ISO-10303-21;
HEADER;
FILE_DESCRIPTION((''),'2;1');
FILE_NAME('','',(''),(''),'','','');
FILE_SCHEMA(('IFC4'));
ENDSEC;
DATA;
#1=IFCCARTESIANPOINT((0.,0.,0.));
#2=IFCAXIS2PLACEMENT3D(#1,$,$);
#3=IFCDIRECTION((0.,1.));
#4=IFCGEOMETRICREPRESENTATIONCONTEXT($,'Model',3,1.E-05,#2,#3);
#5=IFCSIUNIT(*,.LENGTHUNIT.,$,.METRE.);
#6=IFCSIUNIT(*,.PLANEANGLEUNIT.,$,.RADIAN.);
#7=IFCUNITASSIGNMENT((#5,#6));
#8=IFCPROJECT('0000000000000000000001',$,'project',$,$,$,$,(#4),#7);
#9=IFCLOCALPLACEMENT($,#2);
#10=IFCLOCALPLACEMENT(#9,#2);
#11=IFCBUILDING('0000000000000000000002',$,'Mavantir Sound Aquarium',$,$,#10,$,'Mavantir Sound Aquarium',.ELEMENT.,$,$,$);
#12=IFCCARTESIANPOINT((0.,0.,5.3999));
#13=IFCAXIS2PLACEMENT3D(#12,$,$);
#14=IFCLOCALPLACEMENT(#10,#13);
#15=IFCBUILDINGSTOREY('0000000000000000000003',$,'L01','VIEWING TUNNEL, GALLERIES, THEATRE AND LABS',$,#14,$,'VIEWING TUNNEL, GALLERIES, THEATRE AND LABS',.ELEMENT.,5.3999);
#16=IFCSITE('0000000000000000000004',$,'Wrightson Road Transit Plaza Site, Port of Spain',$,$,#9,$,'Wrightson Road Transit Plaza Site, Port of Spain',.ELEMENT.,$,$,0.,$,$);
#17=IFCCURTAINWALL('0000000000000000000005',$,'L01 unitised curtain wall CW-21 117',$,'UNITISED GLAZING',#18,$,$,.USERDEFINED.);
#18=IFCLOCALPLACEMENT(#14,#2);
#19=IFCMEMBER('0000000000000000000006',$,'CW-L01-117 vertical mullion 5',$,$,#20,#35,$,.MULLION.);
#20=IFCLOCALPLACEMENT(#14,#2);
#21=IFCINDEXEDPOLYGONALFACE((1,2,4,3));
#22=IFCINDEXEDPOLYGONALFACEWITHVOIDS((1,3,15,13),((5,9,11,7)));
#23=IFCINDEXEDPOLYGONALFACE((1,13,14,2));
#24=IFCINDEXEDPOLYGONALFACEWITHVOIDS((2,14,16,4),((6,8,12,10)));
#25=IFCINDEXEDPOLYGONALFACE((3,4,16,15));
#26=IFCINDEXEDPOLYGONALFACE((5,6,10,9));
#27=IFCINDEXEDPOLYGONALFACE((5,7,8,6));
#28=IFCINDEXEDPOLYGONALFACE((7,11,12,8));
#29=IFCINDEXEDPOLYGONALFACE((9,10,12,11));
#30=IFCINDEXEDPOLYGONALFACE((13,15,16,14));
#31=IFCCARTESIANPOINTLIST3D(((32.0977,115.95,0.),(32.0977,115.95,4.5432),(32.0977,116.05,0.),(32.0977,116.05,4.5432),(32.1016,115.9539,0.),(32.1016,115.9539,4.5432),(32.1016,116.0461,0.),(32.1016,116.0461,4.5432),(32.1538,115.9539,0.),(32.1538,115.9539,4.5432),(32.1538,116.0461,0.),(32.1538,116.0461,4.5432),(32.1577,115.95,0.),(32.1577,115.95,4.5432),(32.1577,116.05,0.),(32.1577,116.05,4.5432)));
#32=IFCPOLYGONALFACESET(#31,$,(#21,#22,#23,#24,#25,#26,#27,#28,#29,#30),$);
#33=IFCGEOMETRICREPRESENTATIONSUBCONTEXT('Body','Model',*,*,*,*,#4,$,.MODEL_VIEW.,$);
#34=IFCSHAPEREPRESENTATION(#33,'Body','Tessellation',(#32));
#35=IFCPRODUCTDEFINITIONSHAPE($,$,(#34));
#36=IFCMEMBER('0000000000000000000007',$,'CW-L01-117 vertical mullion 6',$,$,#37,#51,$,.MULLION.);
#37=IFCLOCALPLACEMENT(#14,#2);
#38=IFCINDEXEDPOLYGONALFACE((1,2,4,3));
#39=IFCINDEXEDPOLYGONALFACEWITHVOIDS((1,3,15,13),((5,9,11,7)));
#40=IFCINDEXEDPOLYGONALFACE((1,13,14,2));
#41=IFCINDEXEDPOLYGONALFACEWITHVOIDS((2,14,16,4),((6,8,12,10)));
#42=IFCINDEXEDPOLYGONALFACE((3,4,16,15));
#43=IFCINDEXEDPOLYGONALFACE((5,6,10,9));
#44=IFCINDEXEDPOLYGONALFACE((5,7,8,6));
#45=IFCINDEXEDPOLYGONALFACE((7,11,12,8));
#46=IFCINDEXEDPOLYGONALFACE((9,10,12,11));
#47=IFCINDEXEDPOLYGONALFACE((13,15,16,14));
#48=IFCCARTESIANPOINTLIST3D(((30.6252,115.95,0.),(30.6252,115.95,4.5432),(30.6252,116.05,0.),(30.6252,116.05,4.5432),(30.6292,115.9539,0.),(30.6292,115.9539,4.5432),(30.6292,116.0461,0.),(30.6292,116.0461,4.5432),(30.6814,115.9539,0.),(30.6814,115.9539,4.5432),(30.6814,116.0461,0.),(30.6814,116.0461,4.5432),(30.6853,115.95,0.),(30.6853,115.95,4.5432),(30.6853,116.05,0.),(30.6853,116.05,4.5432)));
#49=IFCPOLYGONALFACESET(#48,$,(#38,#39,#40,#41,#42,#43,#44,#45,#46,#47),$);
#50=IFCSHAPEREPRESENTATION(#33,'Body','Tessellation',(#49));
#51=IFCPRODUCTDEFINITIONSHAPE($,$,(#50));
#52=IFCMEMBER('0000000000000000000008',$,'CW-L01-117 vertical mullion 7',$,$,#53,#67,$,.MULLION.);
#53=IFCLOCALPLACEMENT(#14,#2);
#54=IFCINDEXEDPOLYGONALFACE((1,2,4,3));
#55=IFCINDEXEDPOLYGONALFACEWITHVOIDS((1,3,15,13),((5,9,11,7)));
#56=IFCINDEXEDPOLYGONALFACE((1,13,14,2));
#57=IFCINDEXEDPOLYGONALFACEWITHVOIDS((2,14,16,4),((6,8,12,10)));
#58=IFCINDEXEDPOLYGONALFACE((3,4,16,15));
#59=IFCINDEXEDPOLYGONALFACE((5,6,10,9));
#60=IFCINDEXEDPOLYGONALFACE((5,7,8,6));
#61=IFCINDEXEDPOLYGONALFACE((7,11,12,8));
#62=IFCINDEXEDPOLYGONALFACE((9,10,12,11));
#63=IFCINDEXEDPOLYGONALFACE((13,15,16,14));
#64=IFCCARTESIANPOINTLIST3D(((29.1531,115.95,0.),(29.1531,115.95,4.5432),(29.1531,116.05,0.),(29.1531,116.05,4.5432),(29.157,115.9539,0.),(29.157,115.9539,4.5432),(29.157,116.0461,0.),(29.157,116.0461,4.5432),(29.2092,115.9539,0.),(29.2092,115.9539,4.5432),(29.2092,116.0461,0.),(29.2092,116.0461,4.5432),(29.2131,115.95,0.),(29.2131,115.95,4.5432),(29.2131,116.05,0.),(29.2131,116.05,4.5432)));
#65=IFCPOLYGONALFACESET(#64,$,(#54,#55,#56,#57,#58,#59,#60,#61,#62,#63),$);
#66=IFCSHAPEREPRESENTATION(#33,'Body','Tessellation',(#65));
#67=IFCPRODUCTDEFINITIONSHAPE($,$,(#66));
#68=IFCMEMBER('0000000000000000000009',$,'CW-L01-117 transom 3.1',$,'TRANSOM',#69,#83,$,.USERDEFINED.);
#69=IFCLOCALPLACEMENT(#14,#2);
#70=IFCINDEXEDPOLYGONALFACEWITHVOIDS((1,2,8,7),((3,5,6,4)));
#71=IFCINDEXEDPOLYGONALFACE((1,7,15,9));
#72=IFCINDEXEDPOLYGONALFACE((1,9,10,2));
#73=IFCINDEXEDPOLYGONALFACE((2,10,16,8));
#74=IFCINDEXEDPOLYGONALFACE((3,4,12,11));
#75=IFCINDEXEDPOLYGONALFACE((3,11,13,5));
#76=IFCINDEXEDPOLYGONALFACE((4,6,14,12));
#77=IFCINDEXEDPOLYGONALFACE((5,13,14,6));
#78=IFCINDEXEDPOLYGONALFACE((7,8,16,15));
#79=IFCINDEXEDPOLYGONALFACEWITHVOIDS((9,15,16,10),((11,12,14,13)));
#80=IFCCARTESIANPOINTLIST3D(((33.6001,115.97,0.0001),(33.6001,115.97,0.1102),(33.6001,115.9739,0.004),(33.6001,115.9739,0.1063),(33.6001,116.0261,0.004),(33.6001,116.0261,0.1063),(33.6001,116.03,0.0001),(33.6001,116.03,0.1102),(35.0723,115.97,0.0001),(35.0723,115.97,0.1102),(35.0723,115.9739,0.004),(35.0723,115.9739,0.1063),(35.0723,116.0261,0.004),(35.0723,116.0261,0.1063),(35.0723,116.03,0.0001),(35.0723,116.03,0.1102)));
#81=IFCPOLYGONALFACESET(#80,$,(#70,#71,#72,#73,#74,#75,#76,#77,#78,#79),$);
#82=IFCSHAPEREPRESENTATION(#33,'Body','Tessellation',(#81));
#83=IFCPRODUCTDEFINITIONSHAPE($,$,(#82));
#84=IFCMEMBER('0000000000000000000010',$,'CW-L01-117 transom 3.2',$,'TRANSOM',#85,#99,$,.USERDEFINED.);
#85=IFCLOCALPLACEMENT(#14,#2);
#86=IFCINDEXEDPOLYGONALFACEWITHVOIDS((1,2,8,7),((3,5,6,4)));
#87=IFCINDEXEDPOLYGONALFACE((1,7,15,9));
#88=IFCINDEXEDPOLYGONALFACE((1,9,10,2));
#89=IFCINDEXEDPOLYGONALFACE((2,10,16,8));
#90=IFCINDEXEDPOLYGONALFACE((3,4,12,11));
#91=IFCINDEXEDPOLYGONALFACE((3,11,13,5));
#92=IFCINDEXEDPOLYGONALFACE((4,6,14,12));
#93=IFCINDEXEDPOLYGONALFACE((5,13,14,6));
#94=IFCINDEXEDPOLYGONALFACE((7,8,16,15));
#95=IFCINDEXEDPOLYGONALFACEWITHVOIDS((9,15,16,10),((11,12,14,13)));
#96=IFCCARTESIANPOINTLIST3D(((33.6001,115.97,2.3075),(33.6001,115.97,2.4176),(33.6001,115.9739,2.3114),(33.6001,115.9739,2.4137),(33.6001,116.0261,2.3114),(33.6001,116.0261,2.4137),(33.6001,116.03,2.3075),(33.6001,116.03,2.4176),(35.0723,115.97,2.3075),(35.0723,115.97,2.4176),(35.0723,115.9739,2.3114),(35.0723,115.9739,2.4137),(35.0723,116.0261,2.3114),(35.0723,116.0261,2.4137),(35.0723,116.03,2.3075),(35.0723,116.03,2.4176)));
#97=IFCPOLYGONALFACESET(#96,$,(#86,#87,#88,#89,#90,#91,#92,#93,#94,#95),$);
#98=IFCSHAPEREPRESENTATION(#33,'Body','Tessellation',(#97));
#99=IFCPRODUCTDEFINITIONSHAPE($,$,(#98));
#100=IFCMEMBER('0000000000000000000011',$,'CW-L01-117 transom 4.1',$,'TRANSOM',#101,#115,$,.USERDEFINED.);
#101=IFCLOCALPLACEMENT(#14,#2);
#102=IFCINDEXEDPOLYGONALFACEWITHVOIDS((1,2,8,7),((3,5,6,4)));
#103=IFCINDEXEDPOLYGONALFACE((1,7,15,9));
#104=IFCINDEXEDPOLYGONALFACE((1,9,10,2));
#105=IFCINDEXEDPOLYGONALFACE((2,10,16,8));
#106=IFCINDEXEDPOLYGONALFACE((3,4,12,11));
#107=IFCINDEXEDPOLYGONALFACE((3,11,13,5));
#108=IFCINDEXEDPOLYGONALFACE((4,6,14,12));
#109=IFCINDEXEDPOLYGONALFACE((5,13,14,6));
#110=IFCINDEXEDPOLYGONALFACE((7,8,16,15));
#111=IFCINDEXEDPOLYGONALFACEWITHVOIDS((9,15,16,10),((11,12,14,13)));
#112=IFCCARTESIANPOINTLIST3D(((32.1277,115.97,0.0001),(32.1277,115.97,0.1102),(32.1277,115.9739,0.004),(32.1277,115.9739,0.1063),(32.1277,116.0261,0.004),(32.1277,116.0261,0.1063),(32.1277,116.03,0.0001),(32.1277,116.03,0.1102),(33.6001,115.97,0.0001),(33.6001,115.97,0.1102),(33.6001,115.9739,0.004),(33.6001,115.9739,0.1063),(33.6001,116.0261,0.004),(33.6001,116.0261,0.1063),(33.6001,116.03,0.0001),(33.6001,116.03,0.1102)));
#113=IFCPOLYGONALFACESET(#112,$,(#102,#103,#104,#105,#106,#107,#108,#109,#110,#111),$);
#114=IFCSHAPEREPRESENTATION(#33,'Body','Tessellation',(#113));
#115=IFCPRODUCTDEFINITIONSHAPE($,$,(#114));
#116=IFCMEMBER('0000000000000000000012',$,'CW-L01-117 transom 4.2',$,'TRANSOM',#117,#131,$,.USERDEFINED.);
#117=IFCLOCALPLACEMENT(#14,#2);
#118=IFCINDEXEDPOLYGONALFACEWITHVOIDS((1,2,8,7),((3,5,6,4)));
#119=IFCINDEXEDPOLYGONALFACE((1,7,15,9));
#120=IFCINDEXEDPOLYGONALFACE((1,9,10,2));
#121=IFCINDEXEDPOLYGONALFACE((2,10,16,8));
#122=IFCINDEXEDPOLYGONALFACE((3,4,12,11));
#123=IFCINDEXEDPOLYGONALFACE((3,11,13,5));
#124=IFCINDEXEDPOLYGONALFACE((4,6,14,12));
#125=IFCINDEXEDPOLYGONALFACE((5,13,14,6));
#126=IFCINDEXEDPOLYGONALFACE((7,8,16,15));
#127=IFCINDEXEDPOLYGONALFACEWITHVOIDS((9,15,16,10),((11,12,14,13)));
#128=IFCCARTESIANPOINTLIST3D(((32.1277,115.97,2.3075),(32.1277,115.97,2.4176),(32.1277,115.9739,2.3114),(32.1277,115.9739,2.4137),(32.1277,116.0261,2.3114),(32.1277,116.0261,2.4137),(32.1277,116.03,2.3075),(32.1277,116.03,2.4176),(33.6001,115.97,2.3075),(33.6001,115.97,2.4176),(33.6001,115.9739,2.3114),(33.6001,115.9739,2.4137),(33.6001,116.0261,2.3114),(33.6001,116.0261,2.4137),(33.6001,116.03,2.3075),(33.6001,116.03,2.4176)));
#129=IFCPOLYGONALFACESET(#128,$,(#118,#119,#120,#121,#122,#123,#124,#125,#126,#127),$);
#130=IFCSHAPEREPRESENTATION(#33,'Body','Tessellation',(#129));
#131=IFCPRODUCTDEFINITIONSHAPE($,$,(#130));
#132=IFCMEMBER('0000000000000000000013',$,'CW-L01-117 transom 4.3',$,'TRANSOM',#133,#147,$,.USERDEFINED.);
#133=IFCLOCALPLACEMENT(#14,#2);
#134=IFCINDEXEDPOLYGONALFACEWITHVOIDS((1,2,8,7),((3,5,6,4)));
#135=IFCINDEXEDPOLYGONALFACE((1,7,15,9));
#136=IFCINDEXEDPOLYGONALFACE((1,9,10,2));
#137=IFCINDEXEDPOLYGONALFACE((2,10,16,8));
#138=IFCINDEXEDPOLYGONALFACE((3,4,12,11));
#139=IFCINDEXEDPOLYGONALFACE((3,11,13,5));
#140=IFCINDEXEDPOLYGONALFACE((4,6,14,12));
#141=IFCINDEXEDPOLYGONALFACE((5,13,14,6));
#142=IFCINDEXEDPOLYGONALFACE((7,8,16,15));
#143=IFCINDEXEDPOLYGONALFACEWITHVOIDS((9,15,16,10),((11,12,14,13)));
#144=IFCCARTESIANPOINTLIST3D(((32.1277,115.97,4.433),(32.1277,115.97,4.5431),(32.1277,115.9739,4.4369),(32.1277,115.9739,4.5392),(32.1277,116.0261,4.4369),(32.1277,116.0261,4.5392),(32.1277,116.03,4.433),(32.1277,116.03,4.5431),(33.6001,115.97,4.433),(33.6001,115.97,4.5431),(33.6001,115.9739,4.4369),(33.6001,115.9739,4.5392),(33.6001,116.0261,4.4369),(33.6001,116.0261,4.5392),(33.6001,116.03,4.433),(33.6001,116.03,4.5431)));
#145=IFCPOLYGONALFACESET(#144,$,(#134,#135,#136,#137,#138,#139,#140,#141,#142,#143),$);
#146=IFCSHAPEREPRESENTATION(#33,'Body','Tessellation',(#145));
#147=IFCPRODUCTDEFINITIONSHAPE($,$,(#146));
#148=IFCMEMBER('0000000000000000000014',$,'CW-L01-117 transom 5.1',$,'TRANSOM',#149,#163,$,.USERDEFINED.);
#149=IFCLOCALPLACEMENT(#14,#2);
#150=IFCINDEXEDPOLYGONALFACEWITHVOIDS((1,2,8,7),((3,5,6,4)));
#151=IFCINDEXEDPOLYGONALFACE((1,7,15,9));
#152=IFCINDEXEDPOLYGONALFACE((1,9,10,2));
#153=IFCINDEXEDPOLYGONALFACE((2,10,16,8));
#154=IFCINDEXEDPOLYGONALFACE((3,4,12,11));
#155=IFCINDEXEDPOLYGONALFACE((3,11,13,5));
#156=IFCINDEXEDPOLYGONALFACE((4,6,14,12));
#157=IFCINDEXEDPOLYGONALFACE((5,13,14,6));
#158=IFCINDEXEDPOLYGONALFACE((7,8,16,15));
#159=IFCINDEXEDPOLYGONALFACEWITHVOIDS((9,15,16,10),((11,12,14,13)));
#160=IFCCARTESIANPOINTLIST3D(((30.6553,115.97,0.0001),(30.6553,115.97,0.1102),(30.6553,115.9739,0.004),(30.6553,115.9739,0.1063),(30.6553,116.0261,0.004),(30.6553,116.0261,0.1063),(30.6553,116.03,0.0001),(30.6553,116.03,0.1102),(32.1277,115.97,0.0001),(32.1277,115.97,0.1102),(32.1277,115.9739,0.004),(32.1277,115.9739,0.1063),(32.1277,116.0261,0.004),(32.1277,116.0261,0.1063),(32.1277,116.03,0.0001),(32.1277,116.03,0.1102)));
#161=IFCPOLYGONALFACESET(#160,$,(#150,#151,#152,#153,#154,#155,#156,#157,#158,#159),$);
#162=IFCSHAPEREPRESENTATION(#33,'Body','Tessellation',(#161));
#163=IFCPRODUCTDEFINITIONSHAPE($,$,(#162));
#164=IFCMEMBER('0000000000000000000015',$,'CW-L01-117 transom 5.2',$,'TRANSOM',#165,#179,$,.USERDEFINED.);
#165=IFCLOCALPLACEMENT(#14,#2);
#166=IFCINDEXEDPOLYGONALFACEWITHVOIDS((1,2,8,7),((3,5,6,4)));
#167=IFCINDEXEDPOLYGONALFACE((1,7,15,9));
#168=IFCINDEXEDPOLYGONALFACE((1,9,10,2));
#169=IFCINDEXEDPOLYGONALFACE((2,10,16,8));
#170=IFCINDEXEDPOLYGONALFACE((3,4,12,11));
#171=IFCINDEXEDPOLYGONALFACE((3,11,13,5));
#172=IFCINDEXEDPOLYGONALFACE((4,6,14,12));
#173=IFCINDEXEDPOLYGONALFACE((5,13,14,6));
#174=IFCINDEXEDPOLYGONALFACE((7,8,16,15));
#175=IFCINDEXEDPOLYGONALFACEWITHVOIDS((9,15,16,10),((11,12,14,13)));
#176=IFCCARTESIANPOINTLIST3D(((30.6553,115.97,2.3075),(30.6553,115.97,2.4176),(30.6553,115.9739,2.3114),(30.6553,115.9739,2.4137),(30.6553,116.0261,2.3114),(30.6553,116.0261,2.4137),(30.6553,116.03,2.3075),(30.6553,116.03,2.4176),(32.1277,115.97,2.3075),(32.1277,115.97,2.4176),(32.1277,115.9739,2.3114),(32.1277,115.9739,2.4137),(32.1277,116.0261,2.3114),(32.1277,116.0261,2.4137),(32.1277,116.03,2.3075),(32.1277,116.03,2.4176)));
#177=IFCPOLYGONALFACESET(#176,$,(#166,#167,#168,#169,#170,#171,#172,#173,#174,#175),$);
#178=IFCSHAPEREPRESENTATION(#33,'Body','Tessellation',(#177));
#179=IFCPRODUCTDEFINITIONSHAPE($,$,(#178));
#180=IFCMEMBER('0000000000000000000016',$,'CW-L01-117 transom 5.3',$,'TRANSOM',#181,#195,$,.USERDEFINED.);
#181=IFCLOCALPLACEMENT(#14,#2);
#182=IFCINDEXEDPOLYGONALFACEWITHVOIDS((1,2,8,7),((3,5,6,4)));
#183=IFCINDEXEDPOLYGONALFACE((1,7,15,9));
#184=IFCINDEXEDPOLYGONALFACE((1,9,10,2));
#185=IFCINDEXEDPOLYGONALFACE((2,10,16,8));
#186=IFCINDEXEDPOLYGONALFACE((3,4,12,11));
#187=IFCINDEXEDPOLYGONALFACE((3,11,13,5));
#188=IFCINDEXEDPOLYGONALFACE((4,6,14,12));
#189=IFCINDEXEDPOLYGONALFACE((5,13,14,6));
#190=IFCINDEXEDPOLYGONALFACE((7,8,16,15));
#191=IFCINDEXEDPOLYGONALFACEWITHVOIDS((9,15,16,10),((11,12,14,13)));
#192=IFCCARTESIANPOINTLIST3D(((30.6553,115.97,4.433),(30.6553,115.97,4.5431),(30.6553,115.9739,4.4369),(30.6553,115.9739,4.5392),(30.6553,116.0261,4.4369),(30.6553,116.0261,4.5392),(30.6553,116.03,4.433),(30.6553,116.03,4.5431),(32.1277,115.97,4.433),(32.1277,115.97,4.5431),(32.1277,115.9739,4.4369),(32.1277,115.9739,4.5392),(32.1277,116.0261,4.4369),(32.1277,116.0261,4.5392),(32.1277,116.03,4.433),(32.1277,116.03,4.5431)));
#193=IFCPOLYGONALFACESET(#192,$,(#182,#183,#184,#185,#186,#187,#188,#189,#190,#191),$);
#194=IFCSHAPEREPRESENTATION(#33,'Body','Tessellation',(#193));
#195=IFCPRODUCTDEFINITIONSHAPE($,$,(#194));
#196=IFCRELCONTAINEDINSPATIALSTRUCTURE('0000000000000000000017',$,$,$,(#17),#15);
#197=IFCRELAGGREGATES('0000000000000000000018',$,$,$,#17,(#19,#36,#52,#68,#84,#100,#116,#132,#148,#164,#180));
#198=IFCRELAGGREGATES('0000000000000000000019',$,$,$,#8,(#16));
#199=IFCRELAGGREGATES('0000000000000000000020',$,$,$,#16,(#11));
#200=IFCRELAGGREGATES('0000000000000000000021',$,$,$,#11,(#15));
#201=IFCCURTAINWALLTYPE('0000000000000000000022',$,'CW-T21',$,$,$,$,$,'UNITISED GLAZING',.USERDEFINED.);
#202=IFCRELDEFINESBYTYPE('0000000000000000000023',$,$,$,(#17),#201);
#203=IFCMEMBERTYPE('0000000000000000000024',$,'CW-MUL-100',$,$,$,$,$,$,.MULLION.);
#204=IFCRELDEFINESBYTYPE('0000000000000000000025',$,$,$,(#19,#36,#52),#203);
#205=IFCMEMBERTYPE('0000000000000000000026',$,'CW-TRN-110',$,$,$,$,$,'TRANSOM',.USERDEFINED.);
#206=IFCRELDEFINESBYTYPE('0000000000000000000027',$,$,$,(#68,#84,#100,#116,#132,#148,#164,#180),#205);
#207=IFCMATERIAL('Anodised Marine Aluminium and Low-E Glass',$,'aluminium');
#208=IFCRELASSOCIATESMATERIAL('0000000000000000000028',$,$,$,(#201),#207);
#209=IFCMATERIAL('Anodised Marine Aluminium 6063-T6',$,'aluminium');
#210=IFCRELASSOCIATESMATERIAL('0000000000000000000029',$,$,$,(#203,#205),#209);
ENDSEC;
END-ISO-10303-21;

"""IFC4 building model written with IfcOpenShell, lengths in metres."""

from ifc_helpers import new_model, si_unit, direction, frame, origin, origin_2d, place, context, subcontext, project, spatial, hollow_rectangle, extrude, material, material_profile, profile_set, type_object, element, aggregate, save


model = new_model("IFC4")

# Units and contexts
model_context = context("Model", 3, precision=1e-05, world=origin(), true_north=direction((0.0, 1.0)))
body_context = subcontext(model_context, "Body", "Model", "MODEL_VIEW")
ifc_project = project(units=[si_unit("LENGTHUNIT", "METRE"), si_unit("PLANEANGLEUNIT", "RADIAN")], contexts=[model_context])

# Site, building, storey
site_placement = place(None, origin())
site = spatial("IfcSite", under=ifc_project, at=site_placement, Name="Wrightson Road Transit Plaza Site, Port of Spain", LongName="Wrightson Road Transit Plaza Site, Port of Spain", CompositionType="ELEMENT", RefElevation=0.0)
building_placement = place(site_placement, origin())
building = spatial("IfcBuilding", under=site, at=building_placement, Name="Mavantir Sound Aquarium", LongName="Mavantir Sound Aquarium", CompositionType="ELEMENT")
storey_placement = place(building_placement, frame((0.0, 0.0, 5.3999)))
storey = spatial("IfcBuildingStorey", under=building, at=storey_placement, Name="L01", Description="VIEWING TUNNEL, GALLERIES, THEATRE AND LABS", LongName="VIEWING TUNNEL, GALLERIES, THEATRE AND LABS", CompositionType="ELEMENT", Elevation=5.3999)

# Curtain wall, members
ifc_material_1 = material(Name="Anodised Marine Aluminium and Low-E Glass", Category="aluminium")
curtain_wall_type = type_object("IfcCurtainWallType", Name="CW-T21", ElementType="UNITISED GLAZING", PredefinedType="USERDEFINED", material=ifc_material_1)
curtain_wall_placement = place(storey_placement, origin())
curtain_wall = element("IfcCurtainWall", 1, at=curtain_wall_placement, inside=storey, type_object=curtain_wall_type, Name="L01 unitised curtain wall CW-21 117", ObjectType="UNITISED GLAZING", PredefinedType="USERDEFINED")
ifc_material_2 = material(Name="Anodised Marine Aluminium 6063-T6", Category="aluminium")
ifc_material_profile_1 = material_profile(ifc_material_2, hollow_rectangle(XDim=0.0601, YDim=0.1001, WallThickness=0.0039, at=origin_2d()), Name="ALU-MULLION-100X60")
ifc_profile_set_1 = profile_set([ifc_material_profile_1], Name="Anodised Marine Aluminium 6063-T6")
member_type_1 = type_object("IfcMemberType", Name="CW-MUL-100", PredefinedType="MULLION", material=ifc_profile_set_1)
member_1_placement = place(storey_placement, frame((32.1277, 116.0, 0.0), z_axis=(0.0, 0.0, 1.0), x_axis=(1.0, 0.0, 0.0)))
member_1 = element("IfcMember", 2, at=member_1_placement, type_object=member_type_1, Name="CW-L01-117 vertical mullion 5", PredefinedType="MULLION", context=body_context, shape_type="SweptSolid", body=[
    extrude(hollow_rectangle(XDim=0.0601, YDim=0.1001, WallThickness=0.0039, at=origin_2d()), origin(), (0.0, 0.0, 1.0), 4.5432),
])
member_2_placement = place(storey_placement, frame((30.6553, 116.0, 0.0), z_axis=(0.0, 0.0, 1.0), x_axis=(1.0, 0.0, 0.0)))
member_2 = element("IfcMember", 3, at=member_2_placement, type_object=member_type_1, Name="CW-L01-117 vertical mullion 6", PredefinedType="MULLION", context=body_context, shape_type="SweptSolid", body=[
    extrude(hollow_rectangle(XDim=0.0601, YDim=0.1001, WallThickness=0.0039, at=origin_2d()), origin(), (0.0, 0.0, 1.0), 4.5432),
])
member_3_placement = place(storey_placement, frame((29.1831, 116.0, 0.0), z_axis=(0.0, 0.0, 1.0), x_axis=(1.0, 0.0, 0.0)))
member_3 = element("IfcMember", 4, at=member_3_placement, type_object=member_type_1, Name="CW-L01-117 vertical mullion 7", PredefinedType="MULLION", context=body_context, shape_type="SweptSolid", body=[
    extrude(hollow_rectangle(XDim=0.0601, YDim=0.1001, WallThickness=0.0039, at=origin_2d()), origin(), (0.0, 0.0, 1.0), 4.5432),
])
ifc_material_profile_2 = material_profile(ifc_material_2, hollow_rectangle(XDim=0.0601, YDim=0.1101, WallThickness=0.0039, at=origin_2d()), Name="ALU-TRANSOM-110X60")
ifc_profile_set_2 = profile_set([ifc_material_profile_2], Name="Anodised Marine Aluminium 6063-T6")
member_type_2 = type_object("IfcMemberType", Name="CW-TRN-110", ElementType="TRANSOM", PredefinedType="USERDEFINED", material=ifc_profile_set_2)
member_4_placement = place(storey_placement, frame((35.0723, 116.0, 0.0552), z_axis=(-1.0, 0.0, 0.0), x_axis=(0.0, -1.0, 0.0)))
member_4 = element("IfcMember", 5, at=member_4_placement, type_object=member_type_2, Name="CW-L01-117 transom 3.1", ObjectType="TRANSOM", PredefinedType="USERDEFINED", context=body_context, shape_type="SweptSolid", body=[
    extrude(hollow_rectangle(XDim=0.0601, YDim=0.1101, WallThickness=0.0039, at=origin_2d()), origin(), (0.0, 0.0, 1.0), 1.4722),
])
member_5_placement = place(storey_placement, frame((35.0723, 116.0, 2.3625), z_axis=(-1.0, 0.0, 0.0), x_axis=(0.0, -1.0, 0.0)))
member_5 = element("IfcMember", 6, at=member_5_placement, type_object=member_type_2, Name="CW-L01-117 transom 3.2", ObjectType="TRANSOM", PredefinedType="USERDEFINED", context=body_context, shape_type="SweptSolid", body=[
    extrude(hollow_rectangle(XDim=0.0601, YDim=0.1101, WallThickness=0.0039, at=origin_2d()), origin(), (0.0, 0.0, 1.0), 1.4722),
])
member_6_placement = place(storey_placement, frame((33.6001, 116.0, 0.0552), z_axis=(-1.0, 0.0, 0.0), x_axis=(0.0, -1.0, 0.0)))
member_6 = element("IfcMember", 7, at=member_6_placement, type_object=member_type_2, Name="CW-L01-117 transom 4.1", ObjectType="TRANSOM", PredefinedType="USERDEFINED", context=body_context, shape_type="SweptSolid", body=[
    extrude(hollow_rectangle(XDim=0.0601, YDim=0.1101, WallThickness=0.0039, at=origin_2d()), origin(), (0.0, 0.0, 1.0), 1.4724),
])
member_7_placement = place(storey_placement, frame((33.6001, 116.0, 2.3625), z_axis=(-1.0, 0.0, 0.0), x_axis=(0.0, -1.0, 0.0)))
member_7 = element("IfcMember", 8, at=member_7_placement, type_object=member_type_2, Name="CW-L01-117 transom 4.2", ObjectType="TRANSOM", PredefinedType="USERDEFINED", context=body_context, shape_type="SweptSolid", body=[
    extrude(hollow_rectangle(XDim=0.0601, YDim=0.1101, WallThickness=0.0039, at=origin_2d()), origin(), (0.0, 0.0, 1.0), 1.4724),
])
member_8_placement = place(storey_placement, frame((33.6001, 116.0, 4.488), z_axis=(-1.0, 0.0, 0.0), x_axis=(0.0, -1.0, 0.0)))
member_8 = element("IfcMember", 9, at=member_8_placement, type_object=member_type_2, Name="CW-L01-117 transom 4.3", ObjectType="TRANSOM", PredefinedType="USERDEFINED", context=body_context, shape_type="SweptSolid", body=[
    extrude(hollow_rectangle(XDim=0.0601, YDim=0.1101, WallThickness=0.0039, at=origin_2d()), origin(), (0.0, 0.0, 1.0), 1.4724),
])
member_9_placement = place(storey_placement, frame((32.1277, 116.0, 0.0552), z_axis=(-1.0, 0.0, 0.0), x_axis=(0.0, -1.0, 0.0)))
member_9 = element("IfcMember", 10, at=member_9_placement, type_object=member_type_2, Name="CW-L01-117 transom 5.1", ObjectType="TRANSOM", PredefinedType="USERDEFINED", context=body_context, shape_type="SweptSolid", body=[
    extrude(hollow_rectangle(XDim=0.0601, YDim=0.1101, WallThickness=0.0039, at=origin_2d()), origin(), (0.0, 0.0, 1.0), 1.4724),
])
member_10_placement = place(storey_placement, frame((32.1277, 116.0, 2.3625), z_axis=(-1.0, 0.0, 0.0), x_axis=(0.0, -1.0, 0.0)))
member_10 = element("IfcMember", 11, at=member_10_placement, type_object=member_type_2, Name="CW-L01-117 transom 5.2", ObjectType="TRANSOM", PredefinedType="USERDEFINED", context=body_context, shape_type="SweptSolid", body=[
    extrude(hollow_rectangle(XDim=0.0601, YDim=0.1101, WallThickness=0.0039, at=origin_2d()), origin(), (0.0, 0.0, 1.0), 1.4724),
])
member_11_placement = place(storey_placement, frame((32.1277, 116.0, 4.488), z_axis=(-1.0, 0.0, 0.0), x_axis=(0.0, -1.0, 0.0)))
member_11 = element("IfcMember", 12, at=member_11_placement, type_object=member_type_2, Name="CW-L01-117 transom 5.3", ObjectType="TRANSOM", PredefinedType="USERDEFINED", context=body_context, shape_type="SweptSolid", body=[
    extrude(hollow_rectangle(XDim=0.0601, YDim=0.1101, WallThickness=0.0039, at=origin_2d()), origin(), (0.0, 0.0, 1.0), 1.4724),
])
aggregate(curtain_wall, [member_1, member_2, member_3, member_4, member_5, member_6, member_7, member_8, member_9, member_10, member_11])

save(model, "model.ifc")
